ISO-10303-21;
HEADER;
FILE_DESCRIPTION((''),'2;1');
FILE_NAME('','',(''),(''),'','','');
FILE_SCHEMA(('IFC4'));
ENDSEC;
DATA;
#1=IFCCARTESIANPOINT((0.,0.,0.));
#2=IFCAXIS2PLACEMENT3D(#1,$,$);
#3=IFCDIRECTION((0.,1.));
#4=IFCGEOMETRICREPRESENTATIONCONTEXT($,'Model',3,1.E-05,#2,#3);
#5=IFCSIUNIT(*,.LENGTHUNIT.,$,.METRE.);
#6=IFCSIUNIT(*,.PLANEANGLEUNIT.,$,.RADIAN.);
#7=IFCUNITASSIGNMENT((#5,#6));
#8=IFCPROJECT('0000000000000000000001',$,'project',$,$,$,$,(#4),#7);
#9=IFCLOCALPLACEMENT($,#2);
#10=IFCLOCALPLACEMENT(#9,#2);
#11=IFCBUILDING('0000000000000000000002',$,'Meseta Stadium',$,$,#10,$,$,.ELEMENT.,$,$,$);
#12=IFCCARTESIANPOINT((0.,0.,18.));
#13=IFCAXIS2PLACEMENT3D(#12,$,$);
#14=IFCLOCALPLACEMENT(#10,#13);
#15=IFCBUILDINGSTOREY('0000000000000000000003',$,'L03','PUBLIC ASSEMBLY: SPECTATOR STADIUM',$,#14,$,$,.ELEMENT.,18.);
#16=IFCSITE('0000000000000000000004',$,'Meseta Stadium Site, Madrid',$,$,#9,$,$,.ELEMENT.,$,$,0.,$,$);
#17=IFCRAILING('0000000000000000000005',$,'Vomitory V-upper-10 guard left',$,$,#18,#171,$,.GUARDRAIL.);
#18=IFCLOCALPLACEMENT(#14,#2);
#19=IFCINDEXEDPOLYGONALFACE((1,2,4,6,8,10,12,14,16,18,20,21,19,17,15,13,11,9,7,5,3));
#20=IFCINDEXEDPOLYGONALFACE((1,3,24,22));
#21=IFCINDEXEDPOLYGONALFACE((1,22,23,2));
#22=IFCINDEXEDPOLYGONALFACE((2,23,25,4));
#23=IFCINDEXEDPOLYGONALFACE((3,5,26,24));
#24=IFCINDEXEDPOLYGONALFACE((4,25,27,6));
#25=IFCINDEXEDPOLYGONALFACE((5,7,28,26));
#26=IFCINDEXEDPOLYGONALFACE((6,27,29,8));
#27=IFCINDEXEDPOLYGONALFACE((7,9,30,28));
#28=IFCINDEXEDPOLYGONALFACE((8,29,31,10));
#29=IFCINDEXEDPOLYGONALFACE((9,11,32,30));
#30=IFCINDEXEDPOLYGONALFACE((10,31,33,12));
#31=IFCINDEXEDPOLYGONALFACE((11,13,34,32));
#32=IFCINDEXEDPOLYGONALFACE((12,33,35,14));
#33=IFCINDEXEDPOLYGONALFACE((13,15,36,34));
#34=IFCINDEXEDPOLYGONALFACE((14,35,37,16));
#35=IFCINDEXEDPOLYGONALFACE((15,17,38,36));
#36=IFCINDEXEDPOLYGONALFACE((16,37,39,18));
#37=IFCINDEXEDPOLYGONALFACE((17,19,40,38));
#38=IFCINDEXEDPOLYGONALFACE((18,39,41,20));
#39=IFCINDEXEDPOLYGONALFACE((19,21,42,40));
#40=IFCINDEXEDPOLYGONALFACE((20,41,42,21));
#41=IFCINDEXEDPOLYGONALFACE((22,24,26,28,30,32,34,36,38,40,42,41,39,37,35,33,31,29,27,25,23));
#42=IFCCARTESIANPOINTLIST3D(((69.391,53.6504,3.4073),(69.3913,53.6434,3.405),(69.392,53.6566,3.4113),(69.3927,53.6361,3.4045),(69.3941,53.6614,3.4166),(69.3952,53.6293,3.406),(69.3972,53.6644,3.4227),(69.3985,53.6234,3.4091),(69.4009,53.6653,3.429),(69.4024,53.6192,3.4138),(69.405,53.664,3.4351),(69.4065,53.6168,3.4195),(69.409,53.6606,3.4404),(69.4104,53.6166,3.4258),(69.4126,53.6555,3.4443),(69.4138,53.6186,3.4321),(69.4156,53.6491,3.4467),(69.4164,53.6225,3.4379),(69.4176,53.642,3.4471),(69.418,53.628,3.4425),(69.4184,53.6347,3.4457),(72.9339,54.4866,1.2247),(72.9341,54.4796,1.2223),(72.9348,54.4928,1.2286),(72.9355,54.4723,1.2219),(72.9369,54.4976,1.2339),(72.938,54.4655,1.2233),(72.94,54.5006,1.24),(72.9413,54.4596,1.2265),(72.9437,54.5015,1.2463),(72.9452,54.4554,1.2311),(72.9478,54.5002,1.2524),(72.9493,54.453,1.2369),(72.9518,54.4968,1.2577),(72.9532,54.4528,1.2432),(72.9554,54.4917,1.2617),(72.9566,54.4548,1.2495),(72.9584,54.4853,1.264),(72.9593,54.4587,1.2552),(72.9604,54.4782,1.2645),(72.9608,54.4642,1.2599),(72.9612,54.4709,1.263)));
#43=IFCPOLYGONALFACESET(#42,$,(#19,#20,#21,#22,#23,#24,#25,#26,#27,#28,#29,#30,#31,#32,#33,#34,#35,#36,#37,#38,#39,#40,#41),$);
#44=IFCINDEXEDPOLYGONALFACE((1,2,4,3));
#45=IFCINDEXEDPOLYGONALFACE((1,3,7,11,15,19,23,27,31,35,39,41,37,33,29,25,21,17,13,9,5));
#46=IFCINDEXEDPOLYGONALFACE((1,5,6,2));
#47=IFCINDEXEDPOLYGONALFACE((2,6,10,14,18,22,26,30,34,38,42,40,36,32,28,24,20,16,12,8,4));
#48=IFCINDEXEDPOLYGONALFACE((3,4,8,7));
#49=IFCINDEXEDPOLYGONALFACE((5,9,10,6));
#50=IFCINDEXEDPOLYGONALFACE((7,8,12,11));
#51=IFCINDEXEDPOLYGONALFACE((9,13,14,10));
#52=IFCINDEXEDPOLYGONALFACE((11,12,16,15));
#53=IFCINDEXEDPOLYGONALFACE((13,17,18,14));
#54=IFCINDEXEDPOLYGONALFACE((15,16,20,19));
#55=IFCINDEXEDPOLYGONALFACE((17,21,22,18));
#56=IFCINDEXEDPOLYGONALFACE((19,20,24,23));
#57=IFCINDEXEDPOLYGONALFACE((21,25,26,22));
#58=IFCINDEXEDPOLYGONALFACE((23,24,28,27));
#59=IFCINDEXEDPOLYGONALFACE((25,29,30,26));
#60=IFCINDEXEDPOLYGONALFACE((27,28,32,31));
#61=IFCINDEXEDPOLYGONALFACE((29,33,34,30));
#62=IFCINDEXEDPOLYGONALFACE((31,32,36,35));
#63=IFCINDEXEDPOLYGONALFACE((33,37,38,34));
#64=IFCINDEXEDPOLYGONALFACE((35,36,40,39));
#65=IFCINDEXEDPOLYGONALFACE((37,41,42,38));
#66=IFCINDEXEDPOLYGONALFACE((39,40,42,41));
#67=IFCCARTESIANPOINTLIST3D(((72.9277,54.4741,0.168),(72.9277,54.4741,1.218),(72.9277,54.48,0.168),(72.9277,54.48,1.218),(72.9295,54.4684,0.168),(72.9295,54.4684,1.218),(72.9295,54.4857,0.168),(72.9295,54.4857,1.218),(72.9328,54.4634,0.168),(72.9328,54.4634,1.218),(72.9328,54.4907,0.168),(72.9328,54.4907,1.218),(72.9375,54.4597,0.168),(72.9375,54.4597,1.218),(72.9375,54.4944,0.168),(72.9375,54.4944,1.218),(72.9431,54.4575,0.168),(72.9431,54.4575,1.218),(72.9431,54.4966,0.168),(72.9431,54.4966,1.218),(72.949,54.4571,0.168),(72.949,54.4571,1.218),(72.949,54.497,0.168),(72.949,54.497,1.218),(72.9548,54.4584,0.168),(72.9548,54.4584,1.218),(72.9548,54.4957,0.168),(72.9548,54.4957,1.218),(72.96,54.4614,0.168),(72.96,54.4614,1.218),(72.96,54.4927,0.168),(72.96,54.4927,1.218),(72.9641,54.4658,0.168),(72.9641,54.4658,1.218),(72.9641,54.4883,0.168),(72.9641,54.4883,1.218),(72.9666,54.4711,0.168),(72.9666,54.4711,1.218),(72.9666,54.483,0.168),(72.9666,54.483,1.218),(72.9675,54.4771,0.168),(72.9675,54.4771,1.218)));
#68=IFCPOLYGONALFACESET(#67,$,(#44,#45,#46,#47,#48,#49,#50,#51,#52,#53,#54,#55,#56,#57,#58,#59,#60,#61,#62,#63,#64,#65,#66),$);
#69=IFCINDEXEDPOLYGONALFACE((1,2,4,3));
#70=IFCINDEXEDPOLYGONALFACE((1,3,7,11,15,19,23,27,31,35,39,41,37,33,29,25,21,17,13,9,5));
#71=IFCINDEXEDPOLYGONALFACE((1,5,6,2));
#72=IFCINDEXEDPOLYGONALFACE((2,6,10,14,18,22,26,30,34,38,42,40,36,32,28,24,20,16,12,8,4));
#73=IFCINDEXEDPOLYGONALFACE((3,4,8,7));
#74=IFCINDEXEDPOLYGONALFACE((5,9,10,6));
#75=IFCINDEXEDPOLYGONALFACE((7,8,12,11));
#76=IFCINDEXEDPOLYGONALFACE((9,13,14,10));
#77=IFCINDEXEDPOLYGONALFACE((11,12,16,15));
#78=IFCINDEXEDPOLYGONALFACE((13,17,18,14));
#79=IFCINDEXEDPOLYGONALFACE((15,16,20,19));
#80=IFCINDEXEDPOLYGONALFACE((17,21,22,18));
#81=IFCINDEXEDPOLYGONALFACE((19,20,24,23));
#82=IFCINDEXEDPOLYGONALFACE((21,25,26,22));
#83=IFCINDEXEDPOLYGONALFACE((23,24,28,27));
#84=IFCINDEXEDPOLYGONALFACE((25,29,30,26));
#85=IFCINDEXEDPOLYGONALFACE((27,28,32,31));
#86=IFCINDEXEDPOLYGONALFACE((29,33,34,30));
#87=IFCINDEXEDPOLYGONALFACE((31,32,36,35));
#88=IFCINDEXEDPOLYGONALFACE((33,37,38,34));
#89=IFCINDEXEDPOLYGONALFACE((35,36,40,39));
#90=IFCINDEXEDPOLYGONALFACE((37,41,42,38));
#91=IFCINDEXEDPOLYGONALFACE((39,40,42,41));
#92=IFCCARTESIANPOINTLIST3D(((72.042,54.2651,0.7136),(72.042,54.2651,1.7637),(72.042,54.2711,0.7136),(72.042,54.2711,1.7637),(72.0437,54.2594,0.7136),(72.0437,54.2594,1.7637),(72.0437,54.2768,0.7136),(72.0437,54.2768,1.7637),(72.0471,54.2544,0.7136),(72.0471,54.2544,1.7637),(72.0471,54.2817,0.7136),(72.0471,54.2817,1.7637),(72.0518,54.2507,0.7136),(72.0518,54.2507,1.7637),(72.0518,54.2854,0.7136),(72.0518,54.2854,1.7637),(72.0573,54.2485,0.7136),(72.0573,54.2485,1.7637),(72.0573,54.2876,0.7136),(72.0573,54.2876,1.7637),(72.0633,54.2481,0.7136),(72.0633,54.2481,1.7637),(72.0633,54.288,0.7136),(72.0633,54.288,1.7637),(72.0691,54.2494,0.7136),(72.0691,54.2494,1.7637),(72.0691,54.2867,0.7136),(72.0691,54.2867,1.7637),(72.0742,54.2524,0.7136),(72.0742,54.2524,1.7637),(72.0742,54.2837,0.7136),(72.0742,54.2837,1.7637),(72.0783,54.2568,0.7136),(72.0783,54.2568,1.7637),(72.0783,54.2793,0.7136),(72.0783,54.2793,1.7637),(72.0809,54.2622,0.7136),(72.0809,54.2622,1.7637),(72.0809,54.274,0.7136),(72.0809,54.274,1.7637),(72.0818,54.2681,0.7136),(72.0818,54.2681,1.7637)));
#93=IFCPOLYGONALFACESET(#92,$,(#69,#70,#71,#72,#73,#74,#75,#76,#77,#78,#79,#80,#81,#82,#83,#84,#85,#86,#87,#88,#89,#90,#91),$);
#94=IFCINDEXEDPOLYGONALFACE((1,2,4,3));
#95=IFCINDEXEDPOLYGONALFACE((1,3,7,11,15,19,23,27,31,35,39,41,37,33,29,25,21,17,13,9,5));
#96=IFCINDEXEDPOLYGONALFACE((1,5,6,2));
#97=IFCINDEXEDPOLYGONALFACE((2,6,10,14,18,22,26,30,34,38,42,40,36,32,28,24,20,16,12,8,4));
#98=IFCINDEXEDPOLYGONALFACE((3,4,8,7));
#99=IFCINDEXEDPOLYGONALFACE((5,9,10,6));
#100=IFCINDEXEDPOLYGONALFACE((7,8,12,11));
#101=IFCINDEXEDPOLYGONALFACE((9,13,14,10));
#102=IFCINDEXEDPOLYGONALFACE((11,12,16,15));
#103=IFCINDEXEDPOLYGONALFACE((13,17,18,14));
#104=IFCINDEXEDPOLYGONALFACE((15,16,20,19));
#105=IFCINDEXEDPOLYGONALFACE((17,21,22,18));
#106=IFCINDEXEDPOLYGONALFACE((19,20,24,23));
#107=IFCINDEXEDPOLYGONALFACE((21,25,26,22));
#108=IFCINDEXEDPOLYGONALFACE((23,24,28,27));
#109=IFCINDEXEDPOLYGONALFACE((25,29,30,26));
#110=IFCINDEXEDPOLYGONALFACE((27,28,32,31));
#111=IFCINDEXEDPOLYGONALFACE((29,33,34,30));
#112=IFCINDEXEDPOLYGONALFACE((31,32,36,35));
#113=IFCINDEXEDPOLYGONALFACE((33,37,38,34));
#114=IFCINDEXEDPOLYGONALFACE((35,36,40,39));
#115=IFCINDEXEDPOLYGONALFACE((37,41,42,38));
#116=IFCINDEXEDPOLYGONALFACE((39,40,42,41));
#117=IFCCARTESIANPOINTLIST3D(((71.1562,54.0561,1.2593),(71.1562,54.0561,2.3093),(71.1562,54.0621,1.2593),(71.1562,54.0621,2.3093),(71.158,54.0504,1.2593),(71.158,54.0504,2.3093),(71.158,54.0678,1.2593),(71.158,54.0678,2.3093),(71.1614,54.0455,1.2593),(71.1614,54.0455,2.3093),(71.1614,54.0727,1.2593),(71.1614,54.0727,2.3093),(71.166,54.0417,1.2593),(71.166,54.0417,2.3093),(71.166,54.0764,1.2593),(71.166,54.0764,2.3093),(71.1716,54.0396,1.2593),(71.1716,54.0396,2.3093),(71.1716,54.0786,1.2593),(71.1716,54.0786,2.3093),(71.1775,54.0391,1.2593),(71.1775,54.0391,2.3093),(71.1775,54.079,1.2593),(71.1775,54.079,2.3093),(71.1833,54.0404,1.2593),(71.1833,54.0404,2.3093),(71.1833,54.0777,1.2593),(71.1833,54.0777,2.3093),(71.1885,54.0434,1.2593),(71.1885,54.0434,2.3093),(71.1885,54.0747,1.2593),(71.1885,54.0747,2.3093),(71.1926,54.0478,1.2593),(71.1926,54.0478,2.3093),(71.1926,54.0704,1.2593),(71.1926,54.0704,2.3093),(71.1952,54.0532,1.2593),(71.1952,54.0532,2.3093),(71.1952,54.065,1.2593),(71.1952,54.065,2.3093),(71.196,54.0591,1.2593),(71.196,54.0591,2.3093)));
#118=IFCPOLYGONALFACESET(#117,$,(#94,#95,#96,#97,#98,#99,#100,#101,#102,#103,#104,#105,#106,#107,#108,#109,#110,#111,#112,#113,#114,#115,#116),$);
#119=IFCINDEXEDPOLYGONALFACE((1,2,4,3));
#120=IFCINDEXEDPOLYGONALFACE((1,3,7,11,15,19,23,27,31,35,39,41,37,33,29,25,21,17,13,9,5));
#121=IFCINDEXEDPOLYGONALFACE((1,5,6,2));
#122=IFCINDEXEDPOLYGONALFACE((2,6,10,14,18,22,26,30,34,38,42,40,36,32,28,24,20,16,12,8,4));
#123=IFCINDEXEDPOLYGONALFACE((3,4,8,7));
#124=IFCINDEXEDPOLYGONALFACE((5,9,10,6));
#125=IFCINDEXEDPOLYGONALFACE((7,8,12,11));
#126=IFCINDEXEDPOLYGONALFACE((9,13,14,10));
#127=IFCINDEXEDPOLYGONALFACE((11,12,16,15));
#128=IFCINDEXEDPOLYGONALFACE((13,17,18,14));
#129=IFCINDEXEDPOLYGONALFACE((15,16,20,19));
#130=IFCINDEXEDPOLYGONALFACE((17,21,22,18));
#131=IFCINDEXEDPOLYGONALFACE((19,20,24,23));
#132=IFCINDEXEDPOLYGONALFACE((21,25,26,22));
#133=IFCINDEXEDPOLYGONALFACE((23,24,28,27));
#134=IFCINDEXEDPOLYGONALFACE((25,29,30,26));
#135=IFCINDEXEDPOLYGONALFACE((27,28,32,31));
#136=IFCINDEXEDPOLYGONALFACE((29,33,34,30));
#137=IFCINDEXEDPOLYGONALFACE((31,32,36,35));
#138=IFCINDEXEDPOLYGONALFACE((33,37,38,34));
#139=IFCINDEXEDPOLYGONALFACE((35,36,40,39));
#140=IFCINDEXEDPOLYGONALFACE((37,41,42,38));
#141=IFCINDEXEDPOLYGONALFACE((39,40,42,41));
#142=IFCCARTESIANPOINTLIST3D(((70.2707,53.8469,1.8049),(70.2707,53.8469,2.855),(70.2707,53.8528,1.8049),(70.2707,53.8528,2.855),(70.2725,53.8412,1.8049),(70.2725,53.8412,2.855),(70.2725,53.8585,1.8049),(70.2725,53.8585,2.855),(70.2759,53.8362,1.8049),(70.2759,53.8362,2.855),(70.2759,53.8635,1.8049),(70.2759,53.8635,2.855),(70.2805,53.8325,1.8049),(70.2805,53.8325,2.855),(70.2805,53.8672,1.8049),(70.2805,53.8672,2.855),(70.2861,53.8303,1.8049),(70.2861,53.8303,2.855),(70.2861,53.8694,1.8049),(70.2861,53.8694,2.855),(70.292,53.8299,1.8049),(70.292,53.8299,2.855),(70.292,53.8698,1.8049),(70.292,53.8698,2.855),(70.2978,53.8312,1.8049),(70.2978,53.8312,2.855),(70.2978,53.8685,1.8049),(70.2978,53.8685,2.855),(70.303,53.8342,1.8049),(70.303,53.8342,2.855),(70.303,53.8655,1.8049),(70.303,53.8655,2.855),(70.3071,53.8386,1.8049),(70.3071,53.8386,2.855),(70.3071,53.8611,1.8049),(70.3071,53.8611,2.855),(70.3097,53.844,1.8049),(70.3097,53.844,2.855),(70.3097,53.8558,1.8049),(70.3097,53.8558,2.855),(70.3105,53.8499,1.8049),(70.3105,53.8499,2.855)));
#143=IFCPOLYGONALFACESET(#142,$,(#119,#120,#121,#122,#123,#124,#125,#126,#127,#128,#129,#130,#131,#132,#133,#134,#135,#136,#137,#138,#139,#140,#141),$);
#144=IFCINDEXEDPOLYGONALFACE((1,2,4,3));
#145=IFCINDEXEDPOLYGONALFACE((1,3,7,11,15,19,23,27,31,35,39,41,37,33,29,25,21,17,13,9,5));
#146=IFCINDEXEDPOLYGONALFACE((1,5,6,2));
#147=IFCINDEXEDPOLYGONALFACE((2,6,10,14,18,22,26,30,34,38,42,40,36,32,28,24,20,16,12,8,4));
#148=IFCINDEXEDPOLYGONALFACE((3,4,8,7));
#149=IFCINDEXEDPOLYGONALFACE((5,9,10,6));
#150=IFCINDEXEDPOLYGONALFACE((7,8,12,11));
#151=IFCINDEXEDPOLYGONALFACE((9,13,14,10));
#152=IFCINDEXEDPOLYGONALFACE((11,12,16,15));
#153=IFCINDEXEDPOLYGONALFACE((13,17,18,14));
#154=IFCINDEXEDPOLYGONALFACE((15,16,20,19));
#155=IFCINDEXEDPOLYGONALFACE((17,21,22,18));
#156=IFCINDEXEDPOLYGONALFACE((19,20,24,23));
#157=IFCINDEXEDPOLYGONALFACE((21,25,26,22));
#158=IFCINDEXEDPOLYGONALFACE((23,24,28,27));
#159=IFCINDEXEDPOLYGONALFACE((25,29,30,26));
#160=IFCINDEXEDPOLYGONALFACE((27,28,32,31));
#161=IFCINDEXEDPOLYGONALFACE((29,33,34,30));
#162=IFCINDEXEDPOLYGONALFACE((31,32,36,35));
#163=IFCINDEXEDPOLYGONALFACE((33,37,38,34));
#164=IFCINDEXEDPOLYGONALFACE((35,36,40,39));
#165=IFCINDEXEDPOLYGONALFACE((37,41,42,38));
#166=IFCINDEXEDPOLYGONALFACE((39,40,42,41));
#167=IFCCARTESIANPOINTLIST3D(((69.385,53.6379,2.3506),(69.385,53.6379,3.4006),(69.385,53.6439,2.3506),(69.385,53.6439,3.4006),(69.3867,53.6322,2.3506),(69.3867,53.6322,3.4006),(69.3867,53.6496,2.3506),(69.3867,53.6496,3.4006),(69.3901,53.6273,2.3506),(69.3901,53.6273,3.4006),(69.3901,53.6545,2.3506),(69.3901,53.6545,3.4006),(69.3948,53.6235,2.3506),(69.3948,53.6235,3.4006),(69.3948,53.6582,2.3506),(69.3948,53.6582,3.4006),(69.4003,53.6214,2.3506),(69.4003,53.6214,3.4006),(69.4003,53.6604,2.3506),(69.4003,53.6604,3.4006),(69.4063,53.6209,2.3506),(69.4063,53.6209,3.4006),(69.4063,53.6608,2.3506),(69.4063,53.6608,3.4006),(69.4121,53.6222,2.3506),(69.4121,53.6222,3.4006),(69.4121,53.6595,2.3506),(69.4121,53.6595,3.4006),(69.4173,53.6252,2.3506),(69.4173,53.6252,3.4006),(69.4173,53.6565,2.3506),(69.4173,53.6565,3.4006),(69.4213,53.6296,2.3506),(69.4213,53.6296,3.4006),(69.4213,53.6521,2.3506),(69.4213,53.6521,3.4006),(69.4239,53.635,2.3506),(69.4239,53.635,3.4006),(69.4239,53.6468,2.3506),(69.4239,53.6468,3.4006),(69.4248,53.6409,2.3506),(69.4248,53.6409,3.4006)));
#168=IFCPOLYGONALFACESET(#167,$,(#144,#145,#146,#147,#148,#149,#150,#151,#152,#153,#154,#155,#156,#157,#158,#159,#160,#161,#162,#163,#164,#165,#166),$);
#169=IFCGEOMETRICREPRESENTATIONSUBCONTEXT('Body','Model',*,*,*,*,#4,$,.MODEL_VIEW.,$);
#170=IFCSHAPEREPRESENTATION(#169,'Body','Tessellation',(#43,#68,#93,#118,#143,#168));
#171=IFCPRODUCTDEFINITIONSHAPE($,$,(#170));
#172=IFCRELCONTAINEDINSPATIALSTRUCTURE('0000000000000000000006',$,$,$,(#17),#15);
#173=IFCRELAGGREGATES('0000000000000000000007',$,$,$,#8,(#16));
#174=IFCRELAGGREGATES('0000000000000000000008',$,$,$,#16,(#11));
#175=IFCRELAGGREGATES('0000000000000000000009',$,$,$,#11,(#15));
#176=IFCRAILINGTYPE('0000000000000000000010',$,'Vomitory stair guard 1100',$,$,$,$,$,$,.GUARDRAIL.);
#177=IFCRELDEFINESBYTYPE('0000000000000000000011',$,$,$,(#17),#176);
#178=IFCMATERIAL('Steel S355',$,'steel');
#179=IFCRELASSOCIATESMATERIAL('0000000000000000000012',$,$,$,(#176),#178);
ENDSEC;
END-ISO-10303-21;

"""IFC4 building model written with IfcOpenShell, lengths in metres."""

from ifc_helpers import new_model, si_unit, direction, frame, origin, origin_2d, place, context, subcontext, project, spatial, circle, extrude, material, type_object, element, save


model = new_model("IFC4")

# Units and contexts
model_context = context("Model", 3, precision=1e-05, world=origin(), true_north=direction((0.0, 1.0)))
body_context = subcontext(model_context, "Body", "Model", "MODEL_VIEW")
ifc_project = project(units=[si_unit("LENGTHUNIT", "METRE"), si_unit("PLANEANGLEUNIT", "RADIAN")], contexts=[model_context])

# Site, building, storey
site_placement = place(None, origin())
site = spatial("IfcSite", under=ifc_project, at=site_placement, Name="Meseta Stadium Site, Madrid", CompositionType="ELEMENT", RefElevation=0.0)
building_placement = place(site_placement, origin())
building = spatial("IfcBuilding", under=site, at=building_placement, Name="Meseta Stadium", CompositionType="ELEMENT")
storey_placement = place(building_placement, frame((0.0, 0.0, 18.0)))
storey = spatial("IfcBuildingStorey", under=building, at=storey_placement, Name="L03", Description="PUBLIC ASSEMBLY: SPECTATOR STADIUM", CompositionType="ELEMENT", Elevation=18.0)

# Railing
ifc_material_1 = material(Name="Steel S355", Category="steel")
railing_type_1 = type_object("IfcRailingType", Name="Vomitory stair guard 1100", PredefinedType="GUARDRAIL", material=ifc_material_1)
for number, where, name in (
    (1, (72.9475, 54.4771, 0.168), "Vomitory V-upper-10 guard left"),
):
    element("IfcRailing", number, at=place(storey_placement, frame(where)), inside=storey, type_object=railing_type_1, Name=name, PredefinedType="GUARDRAIL", context=body_context, shape_type="SweptSolid", body=[
        extrude(circle(Radius=0.0249, at=origin_2d()), frame((0.0, 0.0, 1.0752), z_axis=(-0.834706, -0.197014, 0.514249), x_axis=(0.229716, -0.973258, 0.0)), (0.0, 0.0, 1.0), 4.2444),
        extrude(circle(Radius=0.02, at=origin_2d()), origin(), (0.0, 0.0, 1.0), 1.05),
        extrude(circle(Radius=0.02, at=origin_2d()), frame((-0.8857, -0.209, 0.5457)), (0.0, 0.0, 1.0), 1.05),
        extrude(circle(Radius=0.02, at=origin_2d()), frame((-1.7715, -0.418, 1.0913)), (0.0, 0.0, 1.0), 1.05),
        extrude(circle(Radius=0.02, at=origin_2d()), frame((-2.657, -0.6272, 1.637)), (0.0, 0.0, 1.0), 1.05),
        extrude(circle(Radius=0.02, at=origin_2d()), frame((-3.5427, -0.8362, 2.1826)), (0.0, 0.0, 1.0), 1.05),
    ])

save(model, "model.ifc")
